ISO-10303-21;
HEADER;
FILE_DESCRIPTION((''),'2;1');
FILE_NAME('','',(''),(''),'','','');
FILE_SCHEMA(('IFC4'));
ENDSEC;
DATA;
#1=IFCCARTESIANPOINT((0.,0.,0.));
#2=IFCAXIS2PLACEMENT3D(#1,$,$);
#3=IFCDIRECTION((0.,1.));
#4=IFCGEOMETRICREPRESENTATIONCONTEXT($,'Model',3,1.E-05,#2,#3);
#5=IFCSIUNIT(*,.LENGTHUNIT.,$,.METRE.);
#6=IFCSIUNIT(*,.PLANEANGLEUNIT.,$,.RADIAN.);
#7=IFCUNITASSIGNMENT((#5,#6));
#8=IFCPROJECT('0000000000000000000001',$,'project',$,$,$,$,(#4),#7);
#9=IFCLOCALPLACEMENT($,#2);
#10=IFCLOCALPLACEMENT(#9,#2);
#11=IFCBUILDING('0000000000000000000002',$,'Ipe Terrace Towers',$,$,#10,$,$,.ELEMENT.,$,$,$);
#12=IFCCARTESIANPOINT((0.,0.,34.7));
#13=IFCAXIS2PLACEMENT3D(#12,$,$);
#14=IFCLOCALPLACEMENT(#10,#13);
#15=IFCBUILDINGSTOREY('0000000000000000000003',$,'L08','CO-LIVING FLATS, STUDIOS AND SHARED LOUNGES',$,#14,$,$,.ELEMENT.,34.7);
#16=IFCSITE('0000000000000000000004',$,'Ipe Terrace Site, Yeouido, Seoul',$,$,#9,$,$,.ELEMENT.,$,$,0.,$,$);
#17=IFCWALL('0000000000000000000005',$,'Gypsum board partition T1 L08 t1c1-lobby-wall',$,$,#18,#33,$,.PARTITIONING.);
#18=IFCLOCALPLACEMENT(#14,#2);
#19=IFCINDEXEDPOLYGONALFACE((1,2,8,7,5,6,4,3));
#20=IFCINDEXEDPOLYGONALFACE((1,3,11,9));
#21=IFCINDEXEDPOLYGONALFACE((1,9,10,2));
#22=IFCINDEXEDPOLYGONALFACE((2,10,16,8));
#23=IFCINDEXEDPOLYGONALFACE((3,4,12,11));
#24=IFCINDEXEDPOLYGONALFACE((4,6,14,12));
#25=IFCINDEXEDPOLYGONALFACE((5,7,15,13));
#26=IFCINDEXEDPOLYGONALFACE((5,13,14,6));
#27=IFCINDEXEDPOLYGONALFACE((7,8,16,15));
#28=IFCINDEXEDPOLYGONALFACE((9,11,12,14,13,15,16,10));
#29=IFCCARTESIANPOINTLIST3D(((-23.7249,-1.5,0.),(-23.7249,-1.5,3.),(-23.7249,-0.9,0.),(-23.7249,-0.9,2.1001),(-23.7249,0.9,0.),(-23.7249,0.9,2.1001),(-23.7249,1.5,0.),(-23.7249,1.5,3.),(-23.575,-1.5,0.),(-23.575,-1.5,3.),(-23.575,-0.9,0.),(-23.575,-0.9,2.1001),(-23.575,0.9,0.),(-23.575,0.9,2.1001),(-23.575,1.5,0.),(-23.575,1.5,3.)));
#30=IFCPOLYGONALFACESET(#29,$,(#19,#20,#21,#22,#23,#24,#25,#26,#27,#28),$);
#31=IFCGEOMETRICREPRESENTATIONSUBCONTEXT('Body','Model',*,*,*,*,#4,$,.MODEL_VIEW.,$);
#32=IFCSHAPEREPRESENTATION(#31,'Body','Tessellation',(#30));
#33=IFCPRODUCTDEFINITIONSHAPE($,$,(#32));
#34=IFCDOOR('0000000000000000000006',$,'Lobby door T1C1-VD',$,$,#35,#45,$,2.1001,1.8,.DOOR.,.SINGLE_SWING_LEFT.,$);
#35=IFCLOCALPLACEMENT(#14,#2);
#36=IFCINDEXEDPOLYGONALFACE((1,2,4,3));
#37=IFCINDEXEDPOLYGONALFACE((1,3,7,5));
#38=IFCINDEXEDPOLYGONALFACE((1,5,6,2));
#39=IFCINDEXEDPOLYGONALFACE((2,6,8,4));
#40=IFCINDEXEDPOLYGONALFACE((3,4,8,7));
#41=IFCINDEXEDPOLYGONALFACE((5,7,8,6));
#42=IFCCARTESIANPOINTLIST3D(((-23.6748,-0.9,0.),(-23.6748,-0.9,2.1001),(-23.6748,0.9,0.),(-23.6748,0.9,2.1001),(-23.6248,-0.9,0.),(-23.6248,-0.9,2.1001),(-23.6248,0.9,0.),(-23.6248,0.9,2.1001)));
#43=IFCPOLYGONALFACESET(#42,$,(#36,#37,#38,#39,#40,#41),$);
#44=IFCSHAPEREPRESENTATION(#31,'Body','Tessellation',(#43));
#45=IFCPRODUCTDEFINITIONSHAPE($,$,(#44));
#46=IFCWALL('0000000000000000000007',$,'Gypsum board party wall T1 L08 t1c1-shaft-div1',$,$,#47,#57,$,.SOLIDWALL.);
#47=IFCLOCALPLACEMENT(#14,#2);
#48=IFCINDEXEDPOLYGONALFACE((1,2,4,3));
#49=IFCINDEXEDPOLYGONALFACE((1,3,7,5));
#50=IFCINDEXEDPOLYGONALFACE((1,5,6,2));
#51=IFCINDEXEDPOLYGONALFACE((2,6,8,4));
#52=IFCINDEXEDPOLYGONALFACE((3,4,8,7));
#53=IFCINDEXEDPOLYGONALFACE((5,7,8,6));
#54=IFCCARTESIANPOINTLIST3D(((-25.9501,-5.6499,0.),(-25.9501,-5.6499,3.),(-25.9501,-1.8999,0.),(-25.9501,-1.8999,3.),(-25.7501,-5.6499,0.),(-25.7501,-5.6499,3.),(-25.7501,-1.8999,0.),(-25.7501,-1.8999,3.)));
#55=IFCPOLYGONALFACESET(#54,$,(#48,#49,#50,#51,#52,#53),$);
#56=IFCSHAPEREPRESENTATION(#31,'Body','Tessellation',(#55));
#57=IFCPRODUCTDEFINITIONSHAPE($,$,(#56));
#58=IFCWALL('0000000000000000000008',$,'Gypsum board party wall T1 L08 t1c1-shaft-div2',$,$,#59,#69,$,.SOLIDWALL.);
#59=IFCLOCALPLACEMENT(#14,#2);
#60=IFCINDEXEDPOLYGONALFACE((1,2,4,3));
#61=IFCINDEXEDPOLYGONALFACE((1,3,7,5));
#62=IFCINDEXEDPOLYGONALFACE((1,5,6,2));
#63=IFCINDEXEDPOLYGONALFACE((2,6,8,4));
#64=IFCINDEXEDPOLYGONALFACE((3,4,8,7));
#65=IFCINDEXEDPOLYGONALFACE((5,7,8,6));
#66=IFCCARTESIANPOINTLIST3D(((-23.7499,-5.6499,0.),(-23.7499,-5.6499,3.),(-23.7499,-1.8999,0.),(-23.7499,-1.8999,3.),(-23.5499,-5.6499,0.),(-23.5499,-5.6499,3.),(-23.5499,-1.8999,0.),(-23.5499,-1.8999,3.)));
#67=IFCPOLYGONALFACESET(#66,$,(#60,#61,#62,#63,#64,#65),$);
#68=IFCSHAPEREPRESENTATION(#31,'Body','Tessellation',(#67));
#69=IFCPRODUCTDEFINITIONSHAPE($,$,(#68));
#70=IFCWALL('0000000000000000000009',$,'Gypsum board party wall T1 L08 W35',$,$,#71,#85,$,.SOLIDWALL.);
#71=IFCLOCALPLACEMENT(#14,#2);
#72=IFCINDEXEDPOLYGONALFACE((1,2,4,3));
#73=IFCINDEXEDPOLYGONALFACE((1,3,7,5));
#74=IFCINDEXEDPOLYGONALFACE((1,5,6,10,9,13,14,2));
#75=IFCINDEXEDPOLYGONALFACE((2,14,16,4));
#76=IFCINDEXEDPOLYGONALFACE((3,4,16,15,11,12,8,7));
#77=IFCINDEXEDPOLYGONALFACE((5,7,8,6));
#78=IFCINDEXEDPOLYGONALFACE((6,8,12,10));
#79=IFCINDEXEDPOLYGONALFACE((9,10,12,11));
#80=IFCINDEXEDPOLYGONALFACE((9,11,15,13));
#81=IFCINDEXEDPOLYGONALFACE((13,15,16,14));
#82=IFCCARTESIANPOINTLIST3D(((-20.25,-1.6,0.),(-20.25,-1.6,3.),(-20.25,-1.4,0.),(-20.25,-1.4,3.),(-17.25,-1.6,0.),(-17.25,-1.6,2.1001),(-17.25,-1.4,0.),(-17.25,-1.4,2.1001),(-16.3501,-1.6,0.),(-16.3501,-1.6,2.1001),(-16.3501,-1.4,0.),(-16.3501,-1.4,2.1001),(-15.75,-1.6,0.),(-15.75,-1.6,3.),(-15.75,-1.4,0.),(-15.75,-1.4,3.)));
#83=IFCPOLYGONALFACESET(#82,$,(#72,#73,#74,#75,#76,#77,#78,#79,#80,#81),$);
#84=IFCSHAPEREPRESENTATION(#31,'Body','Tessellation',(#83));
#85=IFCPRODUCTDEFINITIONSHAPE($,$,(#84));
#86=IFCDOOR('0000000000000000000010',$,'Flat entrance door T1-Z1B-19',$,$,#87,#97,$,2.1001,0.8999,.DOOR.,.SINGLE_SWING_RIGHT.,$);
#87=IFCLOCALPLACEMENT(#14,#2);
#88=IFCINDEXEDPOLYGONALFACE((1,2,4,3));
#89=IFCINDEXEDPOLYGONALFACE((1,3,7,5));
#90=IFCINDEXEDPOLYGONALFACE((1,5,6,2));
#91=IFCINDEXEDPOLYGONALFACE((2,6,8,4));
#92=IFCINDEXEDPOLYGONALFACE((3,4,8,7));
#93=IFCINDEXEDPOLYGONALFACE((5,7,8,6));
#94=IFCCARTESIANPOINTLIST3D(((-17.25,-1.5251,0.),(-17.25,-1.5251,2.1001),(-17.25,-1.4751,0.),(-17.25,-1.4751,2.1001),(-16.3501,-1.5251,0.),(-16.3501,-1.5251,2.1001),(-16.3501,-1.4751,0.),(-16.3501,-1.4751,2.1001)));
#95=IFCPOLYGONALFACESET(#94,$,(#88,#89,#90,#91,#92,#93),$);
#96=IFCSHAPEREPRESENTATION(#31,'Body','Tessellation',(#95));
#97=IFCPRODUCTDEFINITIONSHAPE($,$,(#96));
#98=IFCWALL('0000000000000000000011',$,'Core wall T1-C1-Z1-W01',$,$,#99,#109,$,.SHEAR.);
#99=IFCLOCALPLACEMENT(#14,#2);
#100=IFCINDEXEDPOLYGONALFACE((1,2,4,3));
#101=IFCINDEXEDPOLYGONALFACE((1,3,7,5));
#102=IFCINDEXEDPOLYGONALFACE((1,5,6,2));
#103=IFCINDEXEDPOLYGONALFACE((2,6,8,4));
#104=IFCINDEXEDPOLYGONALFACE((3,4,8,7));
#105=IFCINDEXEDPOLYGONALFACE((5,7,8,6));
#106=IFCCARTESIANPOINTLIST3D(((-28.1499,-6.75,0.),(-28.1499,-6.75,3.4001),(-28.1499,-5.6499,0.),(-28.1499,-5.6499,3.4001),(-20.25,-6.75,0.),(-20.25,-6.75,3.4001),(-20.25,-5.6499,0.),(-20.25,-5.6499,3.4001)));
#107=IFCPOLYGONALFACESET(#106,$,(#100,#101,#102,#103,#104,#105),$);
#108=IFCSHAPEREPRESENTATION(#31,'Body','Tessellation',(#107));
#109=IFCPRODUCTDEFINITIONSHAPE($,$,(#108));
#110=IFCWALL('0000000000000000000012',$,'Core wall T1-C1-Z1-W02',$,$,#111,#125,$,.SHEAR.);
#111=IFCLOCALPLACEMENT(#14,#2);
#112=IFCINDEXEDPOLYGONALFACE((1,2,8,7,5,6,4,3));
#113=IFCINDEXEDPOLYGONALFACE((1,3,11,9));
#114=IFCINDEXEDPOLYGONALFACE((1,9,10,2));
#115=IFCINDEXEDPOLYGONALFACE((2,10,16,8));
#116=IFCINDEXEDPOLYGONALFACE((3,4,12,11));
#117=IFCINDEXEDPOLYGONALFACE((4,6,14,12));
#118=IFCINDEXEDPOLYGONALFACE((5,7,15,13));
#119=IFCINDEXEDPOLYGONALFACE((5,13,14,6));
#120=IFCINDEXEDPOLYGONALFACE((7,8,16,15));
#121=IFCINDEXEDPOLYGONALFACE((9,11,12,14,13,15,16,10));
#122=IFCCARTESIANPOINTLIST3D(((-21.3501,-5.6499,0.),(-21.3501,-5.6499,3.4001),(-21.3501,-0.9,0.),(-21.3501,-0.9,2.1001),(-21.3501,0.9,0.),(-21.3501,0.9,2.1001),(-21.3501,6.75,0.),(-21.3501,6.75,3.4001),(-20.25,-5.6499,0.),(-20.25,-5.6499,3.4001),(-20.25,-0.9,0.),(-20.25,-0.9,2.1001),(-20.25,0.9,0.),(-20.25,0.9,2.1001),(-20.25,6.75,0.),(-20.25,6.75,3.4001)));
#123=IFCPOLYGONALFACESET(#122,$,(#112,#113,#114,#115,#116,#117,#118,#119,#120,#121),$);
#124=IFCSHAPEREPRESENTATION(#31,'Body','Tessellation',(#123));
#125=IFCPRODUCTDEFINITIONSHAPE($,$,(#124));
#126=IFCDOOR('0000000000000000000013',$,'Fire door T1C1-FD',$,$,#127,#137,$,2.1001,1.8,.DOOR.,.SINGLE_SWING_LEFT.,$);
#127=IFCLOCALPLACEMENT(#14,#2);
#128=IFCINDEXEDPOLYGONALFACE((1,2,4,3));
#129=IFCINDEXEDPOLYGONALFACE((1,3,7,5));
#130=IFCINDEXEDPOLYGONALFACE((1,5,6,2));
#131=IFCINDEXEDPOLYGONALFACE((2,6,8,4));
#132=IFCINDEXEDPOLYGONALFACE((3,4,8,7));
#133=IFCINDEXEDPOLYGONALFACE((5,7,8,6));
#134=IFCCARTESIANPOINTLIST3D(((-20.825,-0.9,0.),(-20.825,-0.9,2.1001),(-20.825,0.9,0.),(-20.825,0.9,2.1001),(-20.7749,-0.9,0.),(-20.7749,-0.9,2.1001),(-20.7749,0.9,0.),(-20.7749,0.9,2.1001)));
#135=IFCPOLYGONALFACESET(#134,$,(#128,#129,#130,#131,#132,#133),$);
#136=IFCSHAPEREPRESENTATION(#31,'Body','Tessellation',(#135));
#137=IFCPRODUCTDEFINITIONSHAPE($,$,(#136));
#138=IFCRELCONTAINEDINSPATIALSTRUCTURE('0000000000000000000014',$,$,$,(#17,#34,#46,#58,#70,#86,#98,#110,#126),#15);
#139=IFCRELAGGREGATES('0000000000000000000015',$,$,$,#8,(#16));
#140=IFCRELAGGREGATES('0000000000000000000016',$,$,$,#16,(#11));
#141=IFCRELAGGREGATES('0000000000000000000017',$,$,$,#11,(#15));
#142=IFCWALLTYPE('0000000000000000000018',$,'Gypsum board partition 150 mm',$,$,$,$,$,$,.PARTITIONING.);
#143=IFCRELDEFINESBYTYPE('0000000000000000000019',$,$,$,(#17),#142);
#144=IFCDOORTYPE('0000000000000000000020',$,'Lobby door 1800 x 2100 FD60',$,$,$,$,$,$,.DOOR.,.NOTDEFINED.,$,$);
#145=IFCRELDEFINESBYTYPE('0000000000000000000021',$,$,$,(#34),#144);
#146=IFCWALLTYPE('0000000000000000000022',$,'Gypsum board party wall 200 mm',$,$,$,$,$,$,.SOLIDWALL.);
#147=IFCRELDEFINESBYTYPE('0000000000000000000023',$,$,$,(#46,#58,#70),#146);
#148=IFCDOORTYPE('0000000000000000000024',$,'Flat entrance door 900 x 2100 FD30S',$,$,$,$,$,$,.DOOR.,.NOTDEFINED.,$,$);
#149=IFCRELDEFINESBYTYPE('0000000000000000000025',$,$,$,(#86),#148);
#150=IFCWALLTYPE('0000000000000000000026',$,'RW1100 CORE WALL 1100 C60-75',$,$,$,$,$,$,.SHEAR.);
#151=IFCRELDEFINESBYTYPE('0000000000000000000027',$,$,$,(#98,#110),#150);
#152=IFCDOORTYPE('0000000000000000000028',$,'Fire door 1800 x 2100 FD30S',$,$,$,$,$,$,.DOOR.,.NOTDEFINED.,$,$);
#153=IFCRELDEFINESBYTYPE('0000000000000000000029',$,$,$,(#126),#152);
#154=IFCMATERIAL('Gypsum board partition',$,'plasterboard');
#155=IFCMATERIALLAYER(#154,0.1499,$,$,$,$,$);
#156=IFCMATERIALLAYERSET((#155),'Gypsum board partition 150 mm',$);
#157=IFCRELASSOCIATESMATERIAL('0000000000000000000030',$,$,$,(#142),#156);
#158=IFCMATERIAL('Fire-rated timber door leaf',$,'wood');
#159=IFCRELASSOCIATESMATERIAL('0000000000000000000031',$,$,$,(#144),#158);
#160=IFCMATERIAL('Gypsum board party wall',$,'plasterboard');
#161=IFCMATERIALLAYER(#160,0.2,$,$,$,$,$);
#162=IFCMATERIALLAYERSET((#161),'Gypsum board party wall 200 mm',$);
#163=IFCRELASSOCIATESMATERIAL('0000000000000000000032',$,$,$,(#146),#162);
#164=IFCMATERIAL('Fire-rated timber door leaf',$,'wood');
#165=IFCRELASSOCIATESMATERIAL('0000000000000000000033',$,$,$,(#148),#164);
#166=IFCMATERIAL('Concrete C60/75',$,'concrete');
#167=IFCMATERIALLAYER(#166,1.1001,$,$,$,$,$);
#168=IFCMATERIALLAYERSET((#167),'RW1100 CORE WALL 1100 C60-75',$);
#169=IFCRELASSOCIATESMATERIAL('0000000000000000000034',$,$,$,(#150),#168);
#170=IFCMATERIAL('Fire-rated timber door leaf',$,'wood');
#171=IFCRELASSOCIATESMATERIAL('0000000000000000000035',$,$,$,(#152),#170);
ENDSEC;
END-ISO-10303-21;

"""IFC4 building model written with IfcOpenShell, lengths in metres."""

from ifc_helpers import new_model, si_unit, direction, frame, frame_2d, origin, place, context, subcontext, project, spatial, rectangle, extrude, material, layer, layer_set, type_object, element, fill, save


model = new_model("IFC4")

# Units and contexts
model_context = context("Model", 3, precision=1e-05, world=origin(), true_north=direction((0.0, 1.0)))
body_context = subcontext(model_context, "Body", "Model", "MODEL_VIEW")
ifc_project = project(units=[si_unit("LENGTHUNIT", "METRE"), si_unit("PLANEANGLEUNIT", "RADIAN")], contexts=[model_context])

# Site, building, storey
site_placement = place(None, origin())
site = spatial("IfcSite", under=ifc_project, at=site_placement, Name="Ipe Terrace Site, Yeouido, Seoul", CompositionType="ELEMENT", RefElevation=0.0)
building_placement = place(site_placement, origin())
building = spatial("IfcBuilding", under=site, at=building_placement, Name="Ipe Terrace Towers", CompositionType="ELEMENT")
storey_placement = place(building_placement, frame((0.0, 0.0, 34.7)))
storey = spatial("IfcBuildingStorey", under=building, at=storey_placement, Name="L08", Description="CO-LIVING FLATS, STUDIOS AND SHARED LOUNGES", CompositionType="ELEMENT", Elevation=34.7)

# Wall, opening, door
ifc_material_1 = material(Name="Gypsum board partition", Category="plasterboard")
ifc_layer_1 = layer(ifc_material_1, 0.1499)
ifc_layer_set_1 = layer_set([ifc_layer_1], Name="Gypsum board partition 150 mm")
wall_type_1 = type_object("IfcWallType", Name="Gypsum board partition 150 mm", PredefinedType="PARTITIONING", material=ifc_layer_set_1)
wall_1_placement = place(storey_placement, frame((-23.6499, -1.5, 0.0), z_axis=(0.0, 0.0, 1.0), x_axis=(0.0, 1.0, 0.0)))
wall_1 = element("IfcWall", 1, at=wall_1_placement, inside=storey, type_object=wall_type_1, Name="Gypsum board partition T1 L08 t1c1-lobby-wall", PredefinedType="PARTITIONING", context=body_context, shape_type="SweptSolid", body=[
    extrude(rectangle(XDim=3.0, YDim=0.1499, at=frame_2d((1.5, 0.0))), origin(), (0.0, 0.0, 1.0), 3.0),
])
opening_1_placement = place(wall_1_placement, frame((0.6001, 0.0, 0.0)))
opening_1 = element("IfcOpeningElement", 2, at=opening_1_placement, cuts=wall_1, PredefinedType="OPENING", context=body_context, shape_type="SweptSolid", body=[
    extrude(rectangle(XDim=1.8, YDim=2.1001, at=frame_2d((0.8999, 1.05))), frame((0.0, 0.085, 0.0), z_axis=(0.0, -1.0, 0.0), x_axis=(1.0, 0.0, 0.0)), (0.0, 0.0, 1.0), 0.1699),
])
ifc_material_2 = material(Name="Fire-rated timber door leaf", Category="wood")
door_type_1 = type_object("IfcDoorType", Name="Lobby door 1800 x 2100 FD60", OperationType="NOTDEFINED", PredefinedType="DOOR", material=ifc_material_2)
door_1_placement = place(opening_1_placement, origin())
door_1 = element("IfcDoor", 3, at=door_1_placement, inside=storey, type_object=door_type_1, Name="Lobby door T1C1-VD", OperationType="SINGLE_SWING_LEFT", OverallHeight=2.1001, OverallWidth=1.8, PredefinedType="DOOR", context=body_context, shape_type="SweptSolid", body=[
    extrude(rectangle(XDim=1.8, YDim=2.1001, at=frame_2d((0.8999, 1.05))), frame((0.0, 0.0249, 0.0), z_axis=(0.0, -1.0, 0.0), x_axis=(1.0, 0.0, 0.0)), (0.0, 0.0, 1.0), 0.05),
])
fill(opening_1, door_1)

# Walls
ifc_material_3 = material(Name="Gypsum board party wall", Category="plasterboard")
ifc_layer_2 = layer(ifc_material_3, 0.2)
ifc_layer_set_2 = layer_set([ifc_layer_2], Name="Gypsum board party wall 200 mm")
wall_type_2 = type_object("IfcWallType", Name="Gypsum board party wall 200 mm", PredefinedType="SOLIDWALL", material=ifc_layer_set_2)
for number, where, z_axis, x_axis, name in (
    (4, (-25.8501, -5.6499, 0.0), (0.0, 0.0, 1.0), (0.0, 1.0, 0.0), "Gypsum board party wall T1 L08 t1c1-shaft-div1"),
    (5, (-23.6499, -5.6499, 0.0), (0.0, 0.0, 1.0), (0.0, 1.0, 0.0), "Gypsum board party wall T1 L08 t1c1-shaft-div2"),
):
    element("IfcWall", number, at=place(storey_placement, frame(where, z_axis=z_axis, x_axis=x_axis)), inside=storey, type_object=wall_type_2, Name=name, PredefinedType="SOLIDWALL", context=body_context, shape_type="SweptSolid", body=[
        extrude(rectangle(XDim=3.75, YDim=0.2, at=frame_2d((1.875, 0.0))), origin(), (0.0, 0.0, 1.0), 3.0),
    ])

# Wall, opening, door
wall_2_placement = place(storey_placement, frame((-20.25, -1.5, 0.0), z_axis=(0.0, 0.0, 1.0), x_axis=(1.0, 0.0, 0.0)))
wall_2 = element("IfcWall", 6, at=wall_2_placement, inside=storey, type_object=wall_type_2, Name="Gypsum board party wall T1 L08 W35", PredefinedType="SOLIDWALL", context=body_context, shape_type="SweptSolid", body=[
    extrude(rectangle(XDim=4.5, YDim=0.2, at=frame_2d((2.25, 0.0))), origin(), (0.0, 0.0, 1.0), 3.0),
])
opening_2_placement = place(wall_2_placement, frame((3.0, 0.0, 0.0)))
opening_2 = element("IfcOpeningElement", 7, at=opening_2_placement, cuts=wall_2, PredefinedType="OPENING", context=body_context, shape_type="SweptSolid", body=[
    extrude(rectangle(XDim=0.8999, YDim=2.1001, at=frame_2d((0.45, 1.05))), frame((0.0, 0.1099, 0.0), z_axis=(0.0, -1.0, 0.0), x_axis=(1.0, 0.0, 0.0)), (0.0, 0.0, 1.0), 0.22),
])
ifc_material_4 = material(Name="Fire-rated timber door leaf", Category="wood")
door_type_2 = type_object("IfcDoorType", Name="Flat entrance door 900 x 2100 FD30S", OperationType="NOTDEFINED", PredefinedType="DOOR", material=ifc_material_4)
door_2_placement = place(opening_2_placement, origin())
door_2 = element("IfcDoor", 8, at=door_2_placement, inside=storey, type_object=door_type_2, Name="Flat entrance door T1-Z1B-19", OperationType="SINGLE_SWING_RIGHT", OverallHeight=2.1001, OverallWidth=0.8999, PredefinedType="DOOR", context=body_context, shape_type="SweptSolid", body=[
    extrude(rectangle(XDim=0.8999, YDim=2.1001, at=frame_2d((0.45, 1.05))), frame((0.0, 0.0249, 0.0), z_axis=(0.0, -1.0, 0.0), x_axis=(1.0, 0.0, 0.0)), (0.0, 0.0, 1.0), 0.05),
])
fill(opening_2, door_2)

# Wall
ifc_material_5 = material(Name="Concrete C60/75", Category="concrete")
ifc_layer_3 = layer(ifc_material_5, 1.1001)
ifc_layer_set_3 = layer_set([ifc_layer_3], Name="RW1100 CORE WALL 1100 C60-75")
wall_type_3 = type_object("IfcWallType", Name="RW1100 CORE WALL 1100 C60-75", PredefinedType="SHEAR", material=ifc_layer_set_3)
wall_3_placement = place(storey_placement, frame((-28.1499, -6.2, 0.0), z_axis=(0.0, 0.0, 1.0), x_axis=(1.0, 0.0, 0.0)))
element("IfcWall", 9, at=wall_3_placement, inside=storey, type_object=wall_type_3, Name="Core wall T1-C1-Z1-W01", PredefinedType="SHEAR", context=body_context, shape_type="SweptSolid", body=[
    extrude(rectangle(XDim=7.8999, YDim=1.1001, at=frame_2d((3.95, 0.0))), origin(), (0.0, 0.0, 1.0), 3.4001),
])

# Wall, opening, door
wall_4_placement = place(storey_placement, frame((-20.8, -5.6499, 0.0), z_axis=(0.0, 0.0, 1.0), x_axis=(0.0, 1.0, 0.0)))
wall_4 = element("IfcWall", 10, at=wall_4_placement, inside=storey, type_object=wall_type_3, Name="Core wall T1-C1-Z1-W02", PredefinedType="SHEAR", context=body_context, shape_type="SweptSolid", body=[
    extrude(rectangle(XDim=12.3999, YDim=1.1001, at=frame_2d((6.2, 0.0))), origin(), (0.0, 0.0, 1.0), 3.4001),
])
opening_3_placement = place(wall_4_placement, frame((4.75, 0.0, 0.0)))
opening_3 = element("IfcOpeningElement", 11, at=opening_3_placement, cuts=wall_4, PredefinedType="OPENING", context=body_context, shape_type="SweptSolid", body=[
    extrude(rectangle(XDim=1.8, YDim=2.1001, at=frame_2d((0.8999, 1.05))), frame((0.0, 0.5601, 0.0), z_axis=(0.0, -1.0, 0.0), x_axis=(1.0, 0.0, 0.0)), (0.0, 0.0, 1.0), 1.1201),
])
ifc_material_6 = material(Name="Fire-rated timber door leaf", Category="wood")
door_type_3 = type_object("IfcDoorType", Name="Fire door 1800 x 2100 FD30S", OperationType="NOTDEFINED", PredefinedType="DOOR", material=ifc_material_6)
door_3_placement = place(opening_3_placement, origin())
door_3 = element("IfcDoor", 12, at=door_3_placement, inside=storey, type_object=door_type_3, Name="Fire door T1C1-FD", OperationType="SINGLE_SWING_LEFT", OverallHeight=2.1001, OverallWidth=1.8, PredefinedType="DOOR", context=body_context, shape_type="SweptSolid", body=[
    extrude(rectangle(XDim=1.8, YDim=2.1001, at=frame_2d((0.8999, 1.05))), frame((0.0, 0.0249, 0.0), z_axis=(0.0, -1.0, 0.0), x_axis=(1.0, 0.0, 0.0)), (0.0, 0.0, 1.0), 0.05),
])
fill(opening_3, door_3)

save(model, "model.ifc")
